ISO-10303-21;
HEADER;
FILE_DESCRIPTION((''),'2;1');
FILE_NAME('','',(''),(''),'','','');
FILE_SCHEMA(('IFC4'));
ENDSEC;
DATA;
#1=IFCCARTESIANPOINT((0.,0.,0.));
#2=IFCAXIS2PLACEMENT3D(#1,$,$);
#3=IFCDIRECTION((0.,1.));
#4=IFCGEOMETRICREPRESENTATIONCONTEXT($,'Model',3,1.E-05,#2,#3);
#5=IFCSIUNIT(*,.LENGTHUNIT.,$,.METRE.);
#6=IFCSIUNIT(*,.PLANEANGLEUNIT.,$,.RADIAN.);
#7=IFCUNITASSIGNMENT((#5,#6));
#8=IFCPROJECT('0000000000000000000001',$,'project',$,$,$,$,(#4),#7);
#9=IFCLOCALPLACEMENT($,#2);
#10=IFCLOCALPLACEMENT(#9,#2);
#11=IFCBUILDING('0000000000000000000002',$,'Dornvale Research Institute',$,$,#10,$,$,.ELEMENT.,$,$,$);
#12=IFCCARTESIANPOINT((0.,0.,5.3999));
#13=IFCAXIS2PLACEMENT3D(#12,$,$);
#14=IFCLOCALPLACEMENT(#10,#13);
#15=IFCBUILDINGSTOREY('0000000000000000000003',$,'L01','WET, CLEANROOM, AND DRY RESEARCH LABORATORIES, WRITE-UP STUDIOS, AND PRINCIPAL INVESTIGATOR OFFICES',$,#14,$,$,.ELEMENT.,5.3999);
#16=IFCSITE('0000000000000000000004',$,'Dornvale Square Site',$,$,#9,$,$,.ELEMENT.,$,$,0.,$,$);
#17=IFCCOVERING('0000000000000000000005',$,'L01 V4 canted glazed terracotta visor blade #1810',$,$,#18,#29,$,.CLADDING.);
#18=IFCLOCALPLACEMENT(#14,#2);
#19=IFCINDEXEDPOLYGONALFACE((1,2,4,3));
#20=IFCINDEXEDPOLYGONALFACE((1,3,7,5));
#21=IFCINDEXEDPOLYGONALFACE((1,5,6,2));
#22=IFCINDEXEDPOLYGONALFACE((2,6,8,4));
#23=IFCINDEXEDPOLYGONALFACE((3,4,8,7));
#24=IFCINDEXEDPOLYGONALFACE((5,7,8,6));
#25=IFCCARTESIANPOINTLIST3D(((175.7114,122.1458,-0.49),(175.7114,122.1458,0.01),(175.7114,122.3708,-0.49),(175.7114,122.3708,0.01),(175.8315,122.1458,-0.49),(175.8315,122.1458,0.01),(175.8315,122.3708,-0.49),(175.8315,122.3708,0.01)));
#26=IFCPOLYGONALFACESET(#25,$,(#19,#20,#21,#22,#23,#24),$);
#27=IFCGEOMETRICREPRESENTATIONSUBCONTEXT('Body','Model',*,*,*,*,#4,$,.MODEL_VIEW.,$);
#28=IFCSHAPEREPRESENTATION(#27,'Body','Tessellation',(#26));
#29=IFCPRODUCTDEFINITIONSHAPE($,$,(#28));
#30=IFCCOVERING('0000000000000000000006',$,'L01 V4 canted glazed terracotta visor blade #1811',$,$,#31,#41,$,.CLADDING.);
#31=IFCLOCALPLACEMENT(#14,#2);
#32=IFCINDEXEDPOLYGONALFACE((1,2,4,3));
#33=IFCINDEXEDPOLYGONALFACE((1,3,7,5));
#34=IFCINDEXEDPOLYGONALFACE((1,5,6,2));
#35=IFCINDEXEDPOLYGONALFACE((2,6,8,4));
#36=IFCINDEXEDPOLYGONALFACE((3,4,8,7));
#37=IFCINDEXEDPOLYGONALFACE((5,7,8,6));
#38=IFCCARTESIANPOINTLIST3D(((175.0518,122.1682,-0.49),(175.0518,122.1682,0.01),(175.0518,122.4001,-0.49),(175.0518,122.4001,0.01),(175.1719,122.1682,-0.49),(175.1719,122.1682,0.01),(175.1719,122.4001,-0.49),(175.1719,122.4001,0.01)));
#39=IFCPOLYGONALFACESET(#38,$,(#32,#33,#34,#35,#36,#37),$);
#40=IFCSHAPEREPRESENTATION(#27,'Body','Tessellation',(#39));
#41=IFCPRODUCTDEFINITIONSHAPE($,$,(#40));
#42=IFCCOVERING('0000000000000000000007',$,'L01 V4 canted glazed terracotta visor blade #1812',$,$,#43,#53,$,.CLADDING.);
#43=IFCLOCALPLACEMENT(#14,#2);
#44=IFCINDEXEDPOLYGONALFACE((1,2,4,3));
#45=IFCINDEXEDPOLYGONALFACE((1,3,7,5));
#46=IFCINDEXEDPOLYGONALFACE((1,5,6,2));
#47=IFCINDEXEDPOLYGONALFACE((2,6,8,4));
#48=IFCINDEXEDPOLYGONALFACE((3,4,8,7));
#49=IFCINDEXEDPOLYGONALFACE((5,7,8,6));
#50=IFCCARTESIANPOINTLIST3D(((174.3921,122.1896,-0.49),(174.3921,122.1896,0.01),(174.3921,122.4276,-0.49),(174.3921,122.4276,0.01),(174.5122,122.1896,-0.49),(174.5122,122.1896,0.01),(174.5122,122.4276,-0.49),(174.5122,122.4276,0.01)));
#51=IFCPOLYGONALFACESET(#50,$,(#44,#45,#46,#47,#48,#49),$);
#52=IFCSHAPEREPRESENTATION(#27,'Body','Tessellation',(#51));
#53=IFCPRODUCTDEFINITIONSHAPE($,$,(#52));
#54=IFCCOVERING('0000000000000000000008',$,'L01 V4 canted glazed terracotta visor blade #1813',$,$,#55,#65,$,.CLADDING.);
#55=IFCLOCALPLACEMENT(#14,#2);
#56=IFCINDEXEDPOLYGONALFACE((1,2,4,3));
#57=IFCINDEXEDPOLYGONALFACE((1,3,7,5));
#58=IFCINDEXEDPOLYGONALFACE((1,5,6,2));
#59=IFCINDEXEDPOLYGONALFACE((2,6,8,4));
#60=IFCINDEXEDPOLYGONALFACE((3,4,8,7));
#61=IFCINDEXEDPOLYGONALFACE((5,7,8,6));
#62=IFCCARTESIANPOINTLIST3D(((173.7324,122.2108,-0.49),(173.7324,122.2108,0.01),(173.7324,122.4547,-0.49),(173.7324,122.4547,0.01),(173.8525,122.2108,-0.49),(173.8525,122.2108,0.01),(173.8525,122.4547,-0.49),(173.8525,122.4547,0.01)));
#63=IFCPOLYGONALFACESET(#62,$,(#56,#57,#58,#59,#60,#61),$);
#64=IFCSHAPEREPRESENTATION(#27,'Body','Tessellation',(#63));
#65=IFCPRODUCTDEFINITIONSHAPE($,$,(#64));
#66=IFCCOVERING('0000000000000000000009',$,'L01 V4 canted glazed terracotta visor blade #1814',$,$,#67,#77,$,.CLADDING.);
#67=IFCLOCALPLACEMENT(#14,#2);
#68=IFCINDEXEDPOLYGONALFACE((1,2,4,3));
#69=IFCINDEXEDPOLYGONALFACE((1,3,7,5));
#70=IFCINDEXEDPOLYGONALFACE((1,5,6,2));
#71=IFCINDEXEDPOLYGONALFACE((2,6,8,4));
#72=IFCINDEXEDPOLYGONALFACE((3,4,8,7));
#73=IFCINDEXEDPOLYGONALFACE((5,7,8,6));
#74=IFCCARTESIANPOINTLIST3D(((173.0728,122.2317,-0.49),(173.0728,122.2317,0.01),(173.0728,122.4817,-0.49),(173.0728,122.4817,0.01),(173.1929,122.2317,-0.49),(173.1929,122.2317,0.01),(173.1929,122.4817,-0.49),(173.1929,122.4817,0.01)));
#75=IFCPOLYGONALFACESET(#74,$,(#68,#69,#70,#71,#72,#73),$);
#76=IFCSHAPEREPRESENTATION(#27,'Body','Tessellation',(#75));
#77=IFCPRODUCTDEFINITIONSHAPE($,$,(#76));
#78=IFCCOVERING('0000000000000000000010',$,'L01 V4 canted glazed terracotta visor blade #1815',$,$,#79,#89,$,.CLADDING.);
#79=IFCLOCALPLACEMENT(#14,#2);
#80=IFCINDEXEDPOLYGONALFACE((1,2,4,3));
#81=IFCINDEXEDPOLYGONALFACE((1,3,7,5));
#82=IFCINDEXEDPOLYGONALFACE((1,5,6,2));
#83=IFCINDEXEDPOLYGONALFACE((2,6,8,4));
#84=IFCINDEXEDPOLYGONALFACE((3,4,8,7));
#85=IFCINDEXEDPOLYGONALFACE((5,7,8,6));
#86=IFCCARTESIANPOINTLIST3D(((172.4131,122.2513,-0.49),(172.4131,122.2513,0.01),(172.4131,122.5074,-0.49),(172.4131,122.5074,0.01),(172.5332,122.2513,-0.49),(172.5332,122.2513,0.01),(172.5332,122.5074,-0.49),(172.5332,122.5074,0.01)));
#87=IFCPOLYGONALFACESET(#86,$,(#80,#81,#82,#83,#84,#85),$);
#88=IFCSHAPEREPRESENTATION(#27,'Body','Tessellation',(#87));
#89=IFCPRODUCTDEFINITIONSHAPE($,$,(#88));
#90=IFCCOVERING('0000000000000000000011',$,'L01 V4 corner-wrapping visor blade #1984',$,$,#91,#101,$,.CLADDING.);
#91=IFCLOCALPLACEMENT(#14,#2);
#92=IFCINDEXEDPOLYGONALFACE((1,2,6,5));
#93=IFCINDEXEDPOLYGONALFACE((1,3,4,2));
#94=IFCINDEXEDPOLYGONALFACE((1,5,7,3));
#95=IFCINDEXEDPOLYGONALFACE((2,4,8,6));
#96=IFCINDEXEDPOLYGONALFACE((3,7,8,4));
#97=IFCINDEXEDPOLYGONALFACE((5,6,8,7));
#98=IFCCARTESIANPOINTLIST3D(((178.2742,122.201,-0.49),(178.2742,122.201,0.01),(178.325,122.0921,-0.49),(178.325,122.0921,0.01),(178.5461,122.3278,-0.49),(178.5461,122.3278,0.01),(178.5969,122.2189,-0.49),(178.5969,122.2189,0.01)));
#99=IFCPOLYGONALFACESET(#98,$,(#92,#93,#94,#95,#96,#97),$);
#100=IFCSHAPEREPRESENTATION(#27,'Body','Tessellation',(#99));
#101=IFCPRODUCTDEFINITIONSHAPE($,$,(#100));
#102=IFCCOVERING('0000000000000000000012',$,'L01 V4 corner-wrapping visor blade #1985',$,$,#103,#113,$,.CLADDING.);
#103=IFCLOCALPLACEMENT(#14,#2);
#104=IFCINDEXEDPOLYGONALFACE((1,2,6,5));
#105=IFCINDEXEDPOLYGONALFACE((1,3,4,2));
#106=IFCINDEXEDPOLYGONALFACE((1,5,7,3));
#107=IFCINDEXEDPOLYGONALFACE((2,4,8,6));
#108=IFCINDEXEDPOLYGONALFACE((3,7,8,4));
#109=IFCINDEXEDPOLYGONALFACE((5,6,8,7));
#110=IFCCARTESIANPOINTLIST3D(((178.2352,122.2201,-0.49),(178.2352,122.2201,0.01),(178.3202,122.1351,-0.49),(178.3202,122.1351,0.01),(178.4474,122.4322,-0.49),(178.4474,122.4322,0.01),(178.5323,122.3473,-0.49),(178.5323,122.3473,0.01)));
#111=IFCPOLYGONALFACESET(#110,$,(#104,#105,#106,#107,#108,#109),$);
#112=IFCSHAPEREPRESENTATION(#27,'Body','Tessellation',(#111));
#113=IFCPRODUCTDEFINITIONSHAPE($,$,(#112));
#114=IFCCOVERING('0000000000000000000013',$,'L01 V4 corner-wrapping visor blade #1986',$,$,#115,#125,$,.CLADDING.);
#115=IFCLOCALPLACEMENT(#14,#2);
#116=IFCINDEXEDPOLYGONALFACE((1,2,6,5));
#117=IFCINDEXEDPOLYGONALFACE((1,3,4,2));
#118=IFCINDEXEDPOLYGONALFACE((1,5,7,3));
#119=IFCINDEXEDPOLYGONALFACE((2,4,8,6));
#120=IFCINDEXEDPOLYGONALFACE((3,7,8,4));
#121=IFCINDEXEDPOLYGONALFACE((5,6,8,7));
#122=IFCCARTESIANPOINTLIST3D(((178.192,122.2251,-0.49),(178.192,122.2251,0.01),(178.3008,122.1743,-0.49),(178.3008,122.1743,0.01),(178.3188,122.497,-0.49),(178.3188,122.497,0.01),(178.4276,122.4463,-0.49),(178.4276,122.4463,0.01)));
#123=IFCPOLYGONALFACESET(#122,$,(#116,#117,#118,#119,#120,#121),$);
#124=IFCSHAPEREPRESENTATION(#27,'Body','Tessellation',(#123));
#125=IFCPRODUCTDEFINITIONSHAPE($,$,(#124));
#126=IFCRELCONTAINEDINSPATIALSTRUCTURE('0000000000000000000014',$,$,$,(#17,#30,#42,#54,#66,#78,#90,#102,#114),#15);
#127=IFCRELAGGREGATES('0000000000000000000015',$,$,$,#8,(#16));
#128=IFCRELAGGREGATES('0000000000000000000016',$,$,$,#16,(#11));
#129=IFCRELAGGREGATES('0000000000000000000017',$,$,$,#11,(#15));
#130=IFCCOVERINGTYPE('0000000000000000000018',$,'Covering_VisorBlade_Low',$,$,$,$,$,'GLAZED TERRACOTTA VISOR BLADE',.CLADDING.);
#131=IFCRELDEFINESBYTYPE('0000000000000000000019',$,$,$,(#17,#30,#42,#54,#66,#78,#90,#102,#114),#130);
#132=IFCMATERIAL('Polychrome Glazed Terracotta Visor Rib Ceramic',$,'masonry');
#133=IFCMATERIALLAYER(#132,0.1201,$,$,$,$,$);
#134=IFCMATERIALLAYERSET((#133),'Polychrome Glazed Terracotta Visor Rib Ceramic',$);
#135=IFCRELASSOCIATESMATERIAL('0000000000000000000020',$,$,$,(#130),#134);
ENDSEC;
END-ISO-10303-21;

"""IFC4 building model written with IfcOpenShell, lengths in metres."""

from ifc_helpers import new_model, si_unit, direction, frame, origin, origin_2d, place, context, subcontext, project, spatial, rectangle, extrude, material, layer, layer_set, type_object, element, save


model = new_model("IFC4")

# Units and contexts
model_context = context("Model", 3, precision=1e-05, world=origin(), true_north=direction((0.0, 1.0)))
body_context = subcontext(model_context, "Body", "Model", "MODEL_VIEW")
ifc_project = project(units=[si_unit("LENGTHUNIT", "METRE"), si_unit("PLANEANGLEUNIT", "RADIAN")], contexts=[model_context])

# Site, building, storey
site_placement = place(None, origin())
site = spatial("IfcSite", under=ifc_project, at=site_placement, Name="Dornvale Square Site", CompositionType="ELEMENT", RefElevation=0.0)
building_placement = place(site_placement, origin())
building = spatial("IfcBuilding", under=site, at=building_placement, Name="Dornvale Research Institute", CompositionType="ELEMENT")
storey_placement = place(building_placement, frame((0.0, 0.0, 5.3999)))
storey = spatial("IfcBuildingStorey", under=building, at=storey_placement, Name="L01", Description="WET, CLEANROOM, AND DRY RESEARCH LABORATORIES, WRITE-UP STUDIOS, AND PRINCIPAL INVESTIGATOR OFFICES", CompositionType="ELEMENT", Elevation=5.3999)

# Coverings
ifc_material_1 = material(Name="Polychrome Glazed Terracotta Visor Rib Ceramic", Category="masonry")
ifc_layer_1 = layer(ifc_material_1, 0.1201)
ifc_layer_set_1 = layer_set([ifc_layer_1], Name="Polychrome Glazed Terracotta Visor Rib Ceramic")
covering_type = type_object("IfcCoveringType", Name="Covering_VisorBlade_Low", ElementType="GLAZED TERRACOTTA VISOR BLADE", PredefinedType="CLADDING", material=ifc_layer_set_1)
covering_1_placement = place(storey_placement, frame((175.7715, 122.2583, -0.49), z_axis=(0.0, 0.0, 1.0), x_axis=(0.0, 1.0, 0.0)))
element("IfcCovering", 1, at=covering_1_placement, inside=storey, type_object=covering_type, Name="L01 V4 canted glazed terracotta visor blade #1810", PredefinedType="CLADDING", context=body_context, shape_type="SweptSolid", body=[
    extrude(rectangle(XDim=0.2251, YDim=0.1201, at=origin_2d()), origin(), (0.0, 0.0, 1.0), 0.5),
])
covering_2_placement = place(storey_placement, frame((175.1118, 122.2842, -0.49), z_axis=(0.0, 0.0, 1.0), x_axis=(0.0, 1.0, 0.0)))
element("IfcCovering", 2, at=covering_2_placement, inside=storey, type_object=covering_type, Name="L01 V4 canted glazed terracotta visor blade #1811", PredefinedType="CLADDING", context=body_context, shape_type="SweptSolid", body=[
    extrude(rectangle(XDim=0.2319, YDim=0.1201, at=origin_2d()), origin(), (0.0, 0.0, 1.0), 0.5),
])
covering_3_placement = place(storey_placement, frame((174.4521, 122.3086, -0.49), z_axis=(0.0, 0.0, 1.0), x_axis=(0.0, 1.0, 0.0)))
element("IfcCovering", 3, at=covering_3_placement, inside=storey, type_object=covering_type, Name="L01 V4 canted glazed terracotta visor blade #1812", PredefinedType="CLADDING", context=body_context, shape_type="SweptSolid", body=[
    extrude(rectangle(XDim=0.238, YDim=0.1201, at=origin_2d()), origin(), (0.0, 0.0, 1.0), 0.5),
])
covering_4_placement = place(storey_placement, frame((173.7925, 122.3328, -0.49), z_axis=(0.0, 0.0, 1.0), x_axis=(0.0, 1.0, 0.0)))
element("IfcCovering", 4, at=covering_4_placement, inside=storey, type_object=covering_type, Name="L01 V4 canted glazed terracotta visor blade #1813", PredefinedType="CLADDING", context=body_context, shape_type="SweptSolid", body=[
    extrude(rectangle(XDim=0.2439, YDim=0.1201, at=origin_2d()), origin(), (0.0, 0.0, 1.0), 0.5),
])
covering_5_placement = place(storey_placement, frame((173.1328, 122.3567, -0.49), z_axis=(0.0, 0.0, 1.0), x_axis=(0.0, 1.0, 0.0)))
element("IfcCovering", 5, at=covering_5_placement, inside=storey, type_object=covering_type, Name="L01 V4 canted glazed terracotta visor blade #1814", PredefinedType="CLADDING", context=body_context, shape_type="SweptSolid", body=[
    extrude(rectangle(XDim=0.25, YDim=0.1201, at=origin_2d()), origin(), (0.0, 0.0, 1.0), 0.5),
])
covering_6_placement = place(storey_placement, frame((172.4731, 122.3794, -0.49), z_axis=(0.0, 0.0, 1.0), x_axis=(0.0, 1.0, 0.0)))
element("IfcCovering", 6, at=covering_6_placement, inside=storey, type_object=covering_type, Name="L01 V4 canted glazed terracotta visor blade #1815", PredefinedType="CLADDING", context=body_context, shape_type="SweptSolid", body=[
    extrude(rectangle(XDim=0.2561, YDim=0.1201, at=origin_2d()), origin(), (0.0, 0.0, 1.0), 0.5),
])
for number, where, z_axis, x_axis, name in (
    (7, (178.4355, 122.21, -0.49), (0.0, 0.0, 1.0), (0.906308, 0.422618, 0.0), "L01 V4 corner-wrapping visor blade #1984"),
    (8, (178.3838, 122.2837, -0.49), (0.0, 0.0, 1.0), (0.707107, 0.707107, 0.0), "L01 V4 corner-wrapping visor blade #1985"),
    (9, (178.3098, 122.3357, -0.49), (0.0, 0.0, 1.0), (0.422618, 0.906308, 0.0), "L01 V4 corner-wrapping visor blade #1986"),
):
    element("IfcCovering", number, at=place(storey_placement, frame(where, z_axis=z_axis, x_axis=x_axis)), inside=storey, type_object=covering_type, Name=name, PredefinedType="CLADDING", context=body_context, shape_type="SweptSolid", body=[
        extrude(rectangle(XDim=0.3, YDim=0.1201, at=origin_2d()), origin(), (0.0, 0.0, 1.0), 0.5),
    ])

save(model, "model.ifc")
